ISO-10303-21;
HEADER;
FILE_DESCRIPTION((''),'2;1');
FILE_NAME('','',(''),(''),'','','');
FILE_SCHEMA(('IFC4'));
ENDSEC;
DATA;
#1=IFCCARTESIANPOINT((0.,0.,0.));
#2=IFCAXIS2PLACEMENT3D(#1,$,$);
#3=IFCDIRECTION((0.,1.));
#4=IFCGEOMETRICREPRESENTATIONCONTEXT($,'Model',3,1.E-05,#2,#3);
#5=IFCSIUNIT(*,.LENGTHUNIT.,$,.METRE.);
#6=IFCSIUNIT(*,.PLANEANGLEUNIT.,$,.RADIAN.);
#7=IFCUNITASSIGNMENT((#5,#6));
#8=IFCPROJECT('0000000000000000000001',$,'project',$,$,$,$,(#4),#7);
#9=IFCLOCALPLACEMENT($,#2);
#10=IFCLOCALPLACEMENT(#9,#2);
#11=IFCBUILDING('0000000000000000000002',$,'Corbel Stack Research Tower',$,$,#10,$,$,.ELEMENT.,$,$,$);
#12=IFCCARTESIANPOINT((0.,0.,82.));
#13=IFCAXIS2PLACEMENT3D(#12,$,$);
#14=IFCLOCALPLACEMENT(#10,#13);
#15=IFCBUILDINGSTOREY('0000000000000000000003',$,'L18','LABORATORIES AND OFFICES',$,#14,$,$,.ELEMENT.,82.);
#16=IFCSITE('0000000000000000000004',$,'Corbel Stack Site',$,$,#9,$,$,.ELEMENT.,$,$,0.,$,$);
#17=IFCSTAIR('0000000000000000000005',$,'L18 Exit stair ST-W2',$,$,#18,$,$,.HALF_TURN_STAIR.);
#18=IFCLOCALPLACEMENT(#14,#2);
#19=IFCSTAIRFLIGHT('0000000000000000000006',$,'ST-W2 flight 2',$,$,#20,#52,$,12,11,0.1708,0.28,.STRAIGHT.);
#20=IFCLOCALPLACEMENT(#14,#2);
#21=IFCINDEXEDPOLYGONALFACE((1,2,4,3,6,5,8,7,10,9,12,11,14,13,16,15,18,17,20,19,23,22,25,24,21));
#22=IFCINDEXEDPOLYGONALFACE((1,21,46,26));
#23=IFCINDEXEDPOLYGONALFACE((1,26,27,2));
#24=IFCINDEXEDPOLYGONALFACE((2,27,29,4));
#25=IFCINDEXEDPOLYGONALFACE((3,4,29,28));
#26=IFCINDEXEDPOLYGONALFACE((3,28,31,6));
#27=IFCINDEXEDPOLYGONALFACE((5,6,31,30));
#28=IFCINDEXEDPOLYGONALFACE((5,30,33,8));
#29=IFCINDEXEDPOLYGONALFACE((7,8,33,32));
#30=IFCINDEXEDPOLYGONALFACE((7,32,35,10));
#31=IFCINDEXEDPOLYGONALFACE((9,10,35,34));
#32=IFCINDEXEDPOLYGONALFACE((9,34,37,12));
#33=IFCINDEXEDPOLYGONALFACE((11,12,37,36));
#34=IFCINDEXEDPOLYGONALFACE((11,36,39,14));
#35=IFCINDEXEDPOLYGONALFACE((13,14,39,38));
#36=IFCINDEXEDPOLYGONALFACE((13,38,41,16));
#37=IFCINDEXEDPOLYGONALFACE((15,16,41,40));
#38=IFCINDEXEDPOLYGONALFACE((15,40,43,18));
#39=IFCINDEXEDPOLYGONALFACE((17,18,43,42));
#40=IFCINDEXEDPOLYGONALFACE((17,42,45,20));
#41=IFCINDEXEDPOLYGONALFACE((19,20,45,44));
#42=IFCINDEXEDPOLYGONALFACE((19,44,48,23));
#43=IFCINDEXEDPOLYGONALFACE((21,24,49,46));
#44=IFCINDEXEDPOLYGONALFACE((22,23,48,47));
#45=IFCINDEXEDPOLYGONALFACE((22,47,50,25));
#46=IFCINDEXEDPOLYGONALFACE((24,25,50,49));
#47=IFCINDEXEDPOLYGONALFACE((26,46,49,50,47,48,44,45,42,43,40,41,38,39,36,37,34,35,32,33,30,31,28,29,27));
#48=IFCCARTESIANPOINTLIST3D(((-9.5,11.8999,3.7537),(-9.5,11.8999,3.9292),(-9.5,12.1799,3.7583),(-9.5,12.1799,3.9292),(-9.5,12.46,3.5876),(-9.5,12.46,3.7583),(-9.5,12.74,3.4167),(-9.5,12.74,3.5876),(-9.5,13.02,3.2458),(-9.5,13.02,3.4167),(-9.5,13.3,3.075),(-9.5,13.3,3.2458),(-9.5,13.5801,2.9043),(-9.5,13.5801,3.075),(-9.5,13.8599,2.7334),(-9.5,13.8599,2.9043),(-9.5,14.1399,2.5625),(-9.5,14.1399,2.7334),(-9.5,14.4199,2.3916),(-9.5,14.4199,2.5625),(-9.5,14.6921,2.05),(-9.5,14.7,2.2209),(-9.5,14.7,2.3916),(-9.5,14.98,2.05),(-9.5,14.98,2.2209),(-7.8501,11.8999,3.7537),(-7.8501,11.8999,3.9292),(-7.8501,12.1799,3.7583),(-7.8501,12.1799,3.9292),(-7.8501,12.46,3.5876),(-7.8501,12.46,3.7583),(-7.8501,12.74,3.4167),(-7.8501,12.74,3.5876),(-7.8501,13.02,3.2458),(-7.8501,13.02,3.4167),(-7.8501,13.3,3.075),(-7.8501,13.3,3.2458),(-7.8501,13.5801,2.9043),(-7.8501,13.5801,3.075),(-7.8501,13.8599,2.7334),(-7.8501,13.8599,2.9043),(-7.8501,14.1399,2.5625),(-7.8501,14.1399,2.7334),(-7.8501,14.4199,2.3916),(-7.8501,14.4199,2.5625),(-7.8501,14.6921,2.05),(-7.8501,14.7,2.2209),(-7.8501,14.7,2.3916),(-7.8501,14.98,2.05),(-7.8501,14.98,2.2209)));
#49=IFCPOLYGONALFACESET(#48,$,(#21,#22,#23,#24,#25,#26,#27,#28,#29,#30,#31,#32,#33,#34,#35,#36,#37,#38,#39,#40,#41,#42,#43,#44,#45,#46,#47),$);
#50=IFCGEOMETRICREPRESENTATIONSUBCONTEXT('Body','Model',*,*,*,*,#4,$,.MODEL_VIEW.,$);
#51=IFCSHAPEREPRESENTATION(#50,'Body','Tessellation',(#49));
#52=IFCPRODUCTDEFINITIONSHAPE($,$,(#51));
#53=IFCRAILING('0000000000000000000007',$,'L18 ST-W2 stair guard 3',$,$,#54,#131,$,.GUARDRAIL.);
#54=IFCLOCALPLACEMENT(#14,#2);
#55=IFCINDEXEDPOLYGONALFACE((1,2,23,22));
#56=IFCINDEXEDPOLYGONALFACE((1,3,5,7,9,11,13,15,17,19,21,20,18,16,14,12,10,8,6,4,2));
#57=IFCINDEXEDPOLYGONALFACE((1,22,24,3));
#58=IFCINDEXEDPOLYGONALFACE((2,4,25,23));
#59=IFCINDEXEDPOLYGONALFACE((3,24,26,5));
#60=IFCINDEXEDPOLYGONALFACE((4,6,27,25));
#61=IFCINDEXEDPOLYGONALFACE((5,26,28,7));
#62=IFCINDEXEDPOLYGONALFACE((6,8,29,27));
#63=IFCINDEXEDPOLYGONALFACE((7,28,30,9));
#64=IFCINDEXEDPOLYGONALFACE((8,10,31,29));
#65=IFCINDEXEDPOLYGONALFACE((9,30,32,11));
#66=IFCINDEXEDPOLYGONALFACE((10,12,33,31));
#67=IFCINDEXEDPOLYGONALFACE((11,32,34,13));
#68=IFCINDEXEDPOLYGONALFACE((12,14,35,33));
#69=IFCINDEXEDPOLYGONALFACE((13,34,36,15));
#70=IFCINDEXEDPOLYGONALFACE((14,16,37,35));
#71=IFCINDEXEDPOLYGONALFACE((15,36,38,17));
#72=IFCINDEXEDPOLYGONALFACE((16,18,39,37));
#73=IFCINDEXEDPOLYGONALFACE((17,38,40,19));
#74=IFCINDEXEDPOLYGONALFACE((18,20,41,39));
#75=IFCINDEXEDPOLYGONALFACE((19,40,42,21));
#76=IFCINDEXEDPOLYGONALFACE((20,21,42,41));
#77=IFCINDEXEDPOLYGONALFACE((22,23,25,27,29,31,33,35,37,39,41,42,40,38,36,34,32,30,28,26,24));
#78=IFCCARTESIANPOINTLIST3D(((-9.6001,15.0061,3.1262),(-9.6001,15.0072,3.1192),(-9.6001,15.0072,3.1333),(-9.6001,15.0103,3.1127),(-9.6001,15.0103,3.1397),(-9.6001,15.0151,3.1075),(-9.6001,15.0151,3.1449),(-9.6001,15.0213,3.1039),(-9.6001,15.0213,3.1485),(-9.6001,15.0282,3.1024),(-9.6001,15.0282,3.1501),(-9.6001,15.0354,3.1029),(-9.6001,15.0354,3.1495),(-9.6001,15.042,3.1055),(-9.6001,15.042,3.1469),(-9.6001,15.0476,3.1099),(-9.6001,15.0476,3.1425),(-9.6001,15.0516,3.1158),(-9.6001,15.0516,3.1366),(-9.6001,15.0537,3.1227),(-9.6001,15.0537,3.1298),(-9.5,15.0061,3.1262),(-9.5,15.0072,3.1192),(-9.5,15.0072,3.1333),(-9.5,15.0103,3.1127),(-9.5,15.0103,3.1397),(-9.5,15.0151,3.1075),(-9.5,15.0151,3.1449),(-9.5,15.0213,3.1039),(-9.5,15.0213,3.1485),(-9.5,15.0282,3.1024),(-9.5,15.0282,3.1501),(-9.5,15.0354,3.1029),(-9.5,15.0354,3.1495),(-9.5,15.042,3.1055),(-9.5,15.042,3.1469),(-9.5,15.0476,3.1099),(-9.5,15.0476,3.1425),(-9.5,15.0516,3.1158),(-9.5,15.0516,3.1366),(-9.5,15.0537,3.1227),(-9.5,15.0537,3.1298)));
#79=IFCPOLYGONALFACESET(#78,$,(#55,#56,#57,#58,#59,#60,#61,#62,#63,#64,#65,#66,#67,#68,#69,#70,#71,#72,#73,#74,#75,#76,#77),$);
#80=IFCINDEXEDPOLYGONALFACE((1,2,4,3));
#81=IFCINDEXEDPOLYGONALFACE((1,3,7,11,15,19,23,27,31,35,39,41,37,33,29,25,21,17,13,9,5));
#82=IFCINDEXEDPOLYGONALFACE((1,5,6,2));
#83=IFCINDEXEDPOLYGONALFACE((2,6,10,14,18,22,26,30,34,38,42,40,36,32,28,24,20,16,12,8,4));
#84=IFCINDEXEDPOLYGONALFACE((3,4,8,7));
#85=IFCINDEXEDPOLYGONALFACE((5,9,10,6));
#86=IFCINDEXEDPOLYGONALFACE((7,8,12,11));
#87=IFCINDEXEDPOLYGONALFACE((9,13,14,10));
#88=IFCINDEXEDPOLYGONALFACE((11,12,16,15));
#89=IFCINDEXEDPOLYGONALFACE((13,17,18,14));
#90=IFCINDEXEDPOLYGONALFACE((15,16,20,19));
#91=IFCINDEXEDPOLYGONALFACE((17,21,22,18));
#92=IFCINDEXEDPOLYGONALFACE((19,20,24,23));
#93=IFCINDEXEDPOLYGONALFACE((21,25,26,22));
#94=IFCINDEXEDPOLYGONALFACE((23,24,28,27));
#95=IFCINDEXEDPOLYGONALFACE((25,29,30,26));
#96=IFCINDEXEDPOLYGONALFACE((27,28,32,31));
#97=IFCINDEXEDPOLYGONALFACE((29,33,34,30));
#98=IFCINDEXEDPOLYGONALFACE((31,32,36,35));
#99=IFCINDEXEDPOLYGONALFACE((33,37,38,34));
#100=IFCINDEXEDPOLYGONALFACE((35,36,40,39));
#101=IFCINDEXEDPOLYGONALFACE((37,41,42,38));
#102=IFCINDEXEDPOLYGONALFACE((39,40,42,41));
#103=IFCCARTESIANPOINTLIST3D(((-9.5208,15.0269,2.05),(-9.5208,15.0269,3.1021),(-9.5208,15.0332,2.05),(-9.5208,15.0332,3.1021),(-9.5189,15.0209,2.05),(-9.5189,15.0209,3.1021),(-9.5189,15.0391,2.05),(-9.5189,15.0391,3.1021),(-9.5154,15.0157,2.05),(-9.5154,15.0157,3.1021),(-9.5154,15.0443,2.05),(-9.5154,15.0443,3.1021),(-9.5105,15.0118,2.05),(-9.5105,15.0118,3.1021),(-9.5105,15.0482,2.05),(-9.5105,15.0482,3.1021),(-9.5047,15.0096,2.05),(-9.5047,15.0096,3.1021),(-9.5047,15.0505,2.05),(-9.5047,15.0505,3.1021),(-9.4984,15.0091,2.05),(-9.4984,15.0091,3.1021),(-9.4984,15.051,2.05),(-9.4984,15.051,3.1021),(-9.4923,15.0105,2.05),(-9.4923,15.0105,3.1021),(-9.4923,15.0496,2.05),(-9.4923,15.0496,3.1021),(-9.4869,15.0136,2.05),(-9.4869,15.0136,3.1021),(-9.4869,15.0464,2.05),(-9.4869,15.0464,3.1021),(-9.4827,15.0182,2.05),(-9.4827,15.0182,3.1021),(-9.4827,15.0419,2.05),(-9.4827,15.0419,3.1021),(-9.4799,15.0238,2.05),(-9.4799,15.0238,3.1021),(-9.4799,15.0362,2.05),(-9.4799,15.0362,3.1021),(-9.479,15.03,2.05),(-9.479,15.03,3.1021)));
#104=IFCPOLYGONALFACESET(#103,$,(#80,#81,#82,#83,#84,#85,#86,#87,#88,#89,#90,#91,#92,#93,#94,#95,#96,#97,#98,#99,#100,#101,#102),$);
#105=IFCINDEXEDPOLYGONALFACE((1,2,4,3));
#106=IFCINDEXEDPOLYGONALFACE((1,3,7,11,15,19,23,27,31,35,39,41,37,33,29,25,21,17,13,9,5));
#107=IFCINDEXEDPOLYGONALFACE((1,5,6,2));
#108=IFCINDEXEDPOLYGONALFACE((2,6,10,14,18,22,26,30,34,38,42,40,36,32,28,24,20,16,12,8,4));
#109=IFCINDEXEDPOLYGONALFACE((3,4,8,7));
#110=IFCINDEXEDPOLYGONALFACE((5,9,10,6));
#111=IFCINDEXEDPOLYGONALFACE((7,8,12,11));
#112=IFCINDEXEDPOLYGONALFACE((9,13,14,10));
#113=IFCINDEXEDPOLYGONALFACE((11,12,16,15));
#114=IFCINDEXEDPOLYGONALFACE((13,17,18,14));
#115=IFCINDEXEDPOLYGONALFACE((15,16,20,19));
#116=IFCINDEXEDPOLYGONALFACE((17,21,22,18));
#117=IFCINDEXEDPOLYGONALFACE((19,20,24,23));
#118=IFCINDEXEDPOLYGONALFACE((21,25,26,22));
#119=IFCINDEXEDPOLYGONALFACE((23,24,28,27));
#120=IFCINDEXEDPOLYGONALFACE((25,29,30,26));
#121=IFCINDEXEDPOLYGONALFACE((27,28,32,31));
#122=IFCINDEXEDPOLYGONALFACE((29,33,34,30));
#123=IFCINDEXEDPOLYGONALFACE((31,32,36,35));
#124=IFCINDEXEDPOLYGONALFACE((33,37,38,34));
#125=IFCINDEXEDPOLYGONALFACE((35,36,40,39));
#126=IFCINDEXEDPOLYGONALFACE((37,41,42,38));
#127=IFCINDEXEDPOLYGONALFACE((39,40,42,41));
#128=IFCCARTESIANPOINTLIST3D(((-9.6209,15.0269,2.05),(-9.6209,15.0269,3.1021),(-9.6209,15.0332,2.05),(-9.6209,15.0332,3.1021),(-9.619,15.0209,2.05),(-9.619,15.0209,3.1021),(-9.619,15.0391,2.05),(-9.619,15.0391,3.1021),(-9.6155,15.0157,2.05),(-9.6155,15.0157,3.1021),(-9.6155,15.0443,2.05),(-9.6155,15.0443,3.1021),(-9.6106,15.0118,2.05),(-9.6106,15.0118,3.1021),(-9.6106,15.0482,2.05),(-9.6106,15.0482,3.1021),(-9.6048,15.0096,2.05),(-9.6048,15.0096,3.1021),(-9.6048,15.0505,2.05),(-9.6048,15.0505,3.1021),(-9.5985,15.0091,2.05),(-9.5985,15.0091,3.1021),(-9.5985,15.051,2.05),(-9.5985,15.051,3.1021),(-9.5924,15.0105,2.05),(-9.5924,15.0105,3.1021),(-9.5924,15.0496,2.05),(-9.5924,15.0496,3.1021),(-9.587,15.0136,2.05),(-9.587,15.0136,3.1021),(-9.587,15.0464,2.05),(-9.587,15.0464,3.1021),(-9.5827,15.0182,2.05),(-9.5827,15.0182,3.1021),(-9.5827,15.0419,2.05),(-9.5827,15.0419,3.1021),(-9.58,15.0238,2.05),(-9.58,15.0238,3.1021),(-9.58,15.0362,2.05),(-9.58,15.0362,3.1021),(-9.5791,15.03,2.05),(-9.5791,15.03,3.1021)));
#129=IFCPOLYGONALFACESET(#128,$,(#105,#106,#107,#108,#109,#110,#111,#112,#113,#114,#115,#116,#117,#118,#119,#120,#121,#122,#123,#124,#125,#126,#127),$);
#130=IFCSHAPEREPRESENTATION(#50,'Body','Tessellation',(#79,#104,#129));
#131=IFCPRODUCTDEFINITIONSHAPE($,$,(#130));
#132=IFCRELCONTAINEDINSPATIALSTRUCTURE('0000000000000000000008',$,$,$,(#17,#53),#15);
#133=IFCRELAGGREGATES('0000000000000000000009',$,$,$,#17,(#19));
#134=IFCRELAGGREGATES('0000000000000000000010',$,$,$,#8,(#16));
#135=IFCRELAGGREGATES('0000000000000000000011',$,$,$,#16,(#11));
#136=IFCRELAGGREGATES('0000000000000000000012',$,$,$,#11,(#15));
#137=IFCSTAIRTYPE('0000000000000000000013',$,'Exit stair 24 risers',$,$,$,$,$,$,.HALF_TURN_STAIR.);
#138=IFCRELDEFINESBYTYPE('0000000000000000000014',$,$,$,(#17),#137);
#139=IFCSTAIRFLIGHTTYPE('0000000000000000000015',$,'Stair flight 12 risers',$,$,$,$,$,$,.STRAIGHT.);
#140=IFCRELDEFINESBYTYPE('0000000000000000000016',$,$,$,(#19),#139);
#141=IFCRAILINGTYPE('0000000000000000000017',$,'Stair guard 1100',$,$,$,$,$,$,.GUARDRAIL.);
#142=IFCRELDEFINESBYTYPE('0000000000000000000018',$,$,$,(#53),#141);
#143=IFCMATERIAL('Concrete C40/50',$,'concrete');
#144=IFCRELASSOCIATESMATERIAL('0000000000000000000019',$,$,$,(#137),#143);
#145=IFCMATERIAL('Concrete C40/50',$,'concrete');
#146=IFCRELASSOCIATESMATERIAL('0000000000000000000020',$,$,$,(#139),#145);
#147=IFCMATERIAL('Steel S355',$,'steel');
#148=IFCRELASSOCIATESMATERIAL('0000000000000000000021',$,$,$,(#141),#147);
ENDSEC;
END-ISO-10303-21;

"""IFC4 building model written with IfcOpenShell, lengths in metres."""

from ifc_helpers import new_model, si_unit, direction, frame, origin, origin_2d, place, context, subcontext, project, spatial, polyline, circle, outline, extrude, material, type_object, element, aggregate, save


model = new_model("IFC4")

# Units and contexts
model_context = context("Model", 3, precision=1e-05, world=origin(), true_north=direction((0.0, 1.0)))
body_context = subcontext(model_context, "Body", "Model", "MODEL_VIEW")
ifc_project = project(units=[si_unit("LENGTHUNIT", "METRE"), si_unit("PLANEANGLEUNIT", "RADIAN")], contexts=[model_context])

# Site, building, storey
site_placement = place(None, origin())
site = spatial("IfcSite", under=ifc_project, at=site_placement, Name="Corbel Stack Site", CompositionType="ELEMENT", RefElevation=0.0)
building_placement = place(site_placement, origin())
building = spatial("IfcBuilding", under=site, at=building_placement, Name="Corbel Stack Research Tower", CompositionType="ELEMENT")
storey_placement = place(building_placement, frame((0.0, 0.0, 82.0)))
storey = spatial("IfcBuildingStorey", under=building, at=storey_placement, Name="L18", Description="LABORATORIES AND OFFICES", CompositionType="ELEMENT", Elevation=82.0)

# Stair, stair flight
ifc_material_1 = material(Name="Concrete C40/50", Category="concrete")
stair_type = type_object("IfcStairType", Name="Exit stair 24 risers", PredefinedType="HALF_TURN_STAIR", material=ifc_material_1)
stair_placement = place(storey_placement, origin())
stair = element("IfcStair", 1, at=stair_placement, inside=storey, type_object=stair_type, Name="L18 Exit stair ST-W2", PredefinedType="HALF_TURN_STAIR")
ifc_material_2 = material(Name="Concrete C40/50", Category="concrete")
stair_flight_type = type_object("IfcStairFlightType", Name="Stair flight 12 risers", PredefinedType="STRAIGHT", material=ifc_material_2)
stair_flight_placement = place(storey_placement, frame((-8.675, 14.98, 2.05), z_axis=(0.0, 0.0, 1.0), x_axis=(0.0, -1.0, 0.0)))
stair_flight = element("IfcStairFlight", 2, at=stair_flight_placement, type_object=stair_flight_type, Name="ST-W2 flight 2", NumberOfRisers=12, NumberOfTreads=11, PredefinedType="STRAIGHT", RiserHeight=0.1708, TreadLength=0.28, context=body_context, shape_type="SweptSolid", body=[
    extrude(outline(polyline([(0.0, 0.0), (0.0, 0.1709), (0.28, 0.1709), (0.28, 0.3416), (0.5601, 0.3416), (0.5601, 0.5125), (0.8401, 0.5125), (0.8401, 0.6833), (1.1201, 0.6833), (1.1201, 0.8542), (1.3999, 0.8542), (1.3999, 1.0249), (1.6799, 1.0249), (1.6799, 1.1958), (1.96, 1.1958), (1.96, 1.3667), (2.24, 1.3667), (2.24, 1.5376), (2.52, 1.5376), (2.52, 1.7083), (2.8, 1.7083), (2.8, 1.8792), (3.0801, 1.8792), (3.0801, 2.05), (3.0801, 1.7036), (0.2878, 0.0), (0.0, 0.0)])), frame((0.0, 0.825, 0.0), z_axis=(0.0, -1.0, 0.0), x_axis=(1.0, 0.0, 0.0)), (0.0, 0.0, 1.0), 1.6499),
])
aggregate(stair, [stair_flight])

# Railing
ifc_material_3 = material(Name="Steel S355", Category="steel")
railing_type_1 = type_object("IfcRailingType", Name="Stair guard 1100", PredefinedType="GUARDRAIL", material=ifc_material_3)
railing_1_placement = place(storey_placement, frame((-9.5, 15.03, 2.05)))
element("IfcRailing", 3, at=railing_1_placement, inside=storey, type_object=railing_type_1, Name="L18 ST-W2 stair guard 3", PredefinedType="GUARDRAIL", context=body_context, shape_type="SweptSolid", body=[
    extrude(circle(Radius=0.0239, at=origin_2d()), frame((0.0, 0.0, 1.0762), z_axis=(-1.0, 0.0, 0.0), x_axis=(0.0, -1.0, 0.0)), (0.0, 0.0, 1.0), 0.1001),
    extrude(circle(Radius=0.021, at=origin_2d()), origin(), (0.0, 0.0, 1.0), 1.052),
    extrude(circle(Radius=0.021, at=origin_2d()), frame((-0.1001, 0.0, 0.0)), (0.0, 0.0, 1.0), 1.052),
])

save(model, "model.ifc")
